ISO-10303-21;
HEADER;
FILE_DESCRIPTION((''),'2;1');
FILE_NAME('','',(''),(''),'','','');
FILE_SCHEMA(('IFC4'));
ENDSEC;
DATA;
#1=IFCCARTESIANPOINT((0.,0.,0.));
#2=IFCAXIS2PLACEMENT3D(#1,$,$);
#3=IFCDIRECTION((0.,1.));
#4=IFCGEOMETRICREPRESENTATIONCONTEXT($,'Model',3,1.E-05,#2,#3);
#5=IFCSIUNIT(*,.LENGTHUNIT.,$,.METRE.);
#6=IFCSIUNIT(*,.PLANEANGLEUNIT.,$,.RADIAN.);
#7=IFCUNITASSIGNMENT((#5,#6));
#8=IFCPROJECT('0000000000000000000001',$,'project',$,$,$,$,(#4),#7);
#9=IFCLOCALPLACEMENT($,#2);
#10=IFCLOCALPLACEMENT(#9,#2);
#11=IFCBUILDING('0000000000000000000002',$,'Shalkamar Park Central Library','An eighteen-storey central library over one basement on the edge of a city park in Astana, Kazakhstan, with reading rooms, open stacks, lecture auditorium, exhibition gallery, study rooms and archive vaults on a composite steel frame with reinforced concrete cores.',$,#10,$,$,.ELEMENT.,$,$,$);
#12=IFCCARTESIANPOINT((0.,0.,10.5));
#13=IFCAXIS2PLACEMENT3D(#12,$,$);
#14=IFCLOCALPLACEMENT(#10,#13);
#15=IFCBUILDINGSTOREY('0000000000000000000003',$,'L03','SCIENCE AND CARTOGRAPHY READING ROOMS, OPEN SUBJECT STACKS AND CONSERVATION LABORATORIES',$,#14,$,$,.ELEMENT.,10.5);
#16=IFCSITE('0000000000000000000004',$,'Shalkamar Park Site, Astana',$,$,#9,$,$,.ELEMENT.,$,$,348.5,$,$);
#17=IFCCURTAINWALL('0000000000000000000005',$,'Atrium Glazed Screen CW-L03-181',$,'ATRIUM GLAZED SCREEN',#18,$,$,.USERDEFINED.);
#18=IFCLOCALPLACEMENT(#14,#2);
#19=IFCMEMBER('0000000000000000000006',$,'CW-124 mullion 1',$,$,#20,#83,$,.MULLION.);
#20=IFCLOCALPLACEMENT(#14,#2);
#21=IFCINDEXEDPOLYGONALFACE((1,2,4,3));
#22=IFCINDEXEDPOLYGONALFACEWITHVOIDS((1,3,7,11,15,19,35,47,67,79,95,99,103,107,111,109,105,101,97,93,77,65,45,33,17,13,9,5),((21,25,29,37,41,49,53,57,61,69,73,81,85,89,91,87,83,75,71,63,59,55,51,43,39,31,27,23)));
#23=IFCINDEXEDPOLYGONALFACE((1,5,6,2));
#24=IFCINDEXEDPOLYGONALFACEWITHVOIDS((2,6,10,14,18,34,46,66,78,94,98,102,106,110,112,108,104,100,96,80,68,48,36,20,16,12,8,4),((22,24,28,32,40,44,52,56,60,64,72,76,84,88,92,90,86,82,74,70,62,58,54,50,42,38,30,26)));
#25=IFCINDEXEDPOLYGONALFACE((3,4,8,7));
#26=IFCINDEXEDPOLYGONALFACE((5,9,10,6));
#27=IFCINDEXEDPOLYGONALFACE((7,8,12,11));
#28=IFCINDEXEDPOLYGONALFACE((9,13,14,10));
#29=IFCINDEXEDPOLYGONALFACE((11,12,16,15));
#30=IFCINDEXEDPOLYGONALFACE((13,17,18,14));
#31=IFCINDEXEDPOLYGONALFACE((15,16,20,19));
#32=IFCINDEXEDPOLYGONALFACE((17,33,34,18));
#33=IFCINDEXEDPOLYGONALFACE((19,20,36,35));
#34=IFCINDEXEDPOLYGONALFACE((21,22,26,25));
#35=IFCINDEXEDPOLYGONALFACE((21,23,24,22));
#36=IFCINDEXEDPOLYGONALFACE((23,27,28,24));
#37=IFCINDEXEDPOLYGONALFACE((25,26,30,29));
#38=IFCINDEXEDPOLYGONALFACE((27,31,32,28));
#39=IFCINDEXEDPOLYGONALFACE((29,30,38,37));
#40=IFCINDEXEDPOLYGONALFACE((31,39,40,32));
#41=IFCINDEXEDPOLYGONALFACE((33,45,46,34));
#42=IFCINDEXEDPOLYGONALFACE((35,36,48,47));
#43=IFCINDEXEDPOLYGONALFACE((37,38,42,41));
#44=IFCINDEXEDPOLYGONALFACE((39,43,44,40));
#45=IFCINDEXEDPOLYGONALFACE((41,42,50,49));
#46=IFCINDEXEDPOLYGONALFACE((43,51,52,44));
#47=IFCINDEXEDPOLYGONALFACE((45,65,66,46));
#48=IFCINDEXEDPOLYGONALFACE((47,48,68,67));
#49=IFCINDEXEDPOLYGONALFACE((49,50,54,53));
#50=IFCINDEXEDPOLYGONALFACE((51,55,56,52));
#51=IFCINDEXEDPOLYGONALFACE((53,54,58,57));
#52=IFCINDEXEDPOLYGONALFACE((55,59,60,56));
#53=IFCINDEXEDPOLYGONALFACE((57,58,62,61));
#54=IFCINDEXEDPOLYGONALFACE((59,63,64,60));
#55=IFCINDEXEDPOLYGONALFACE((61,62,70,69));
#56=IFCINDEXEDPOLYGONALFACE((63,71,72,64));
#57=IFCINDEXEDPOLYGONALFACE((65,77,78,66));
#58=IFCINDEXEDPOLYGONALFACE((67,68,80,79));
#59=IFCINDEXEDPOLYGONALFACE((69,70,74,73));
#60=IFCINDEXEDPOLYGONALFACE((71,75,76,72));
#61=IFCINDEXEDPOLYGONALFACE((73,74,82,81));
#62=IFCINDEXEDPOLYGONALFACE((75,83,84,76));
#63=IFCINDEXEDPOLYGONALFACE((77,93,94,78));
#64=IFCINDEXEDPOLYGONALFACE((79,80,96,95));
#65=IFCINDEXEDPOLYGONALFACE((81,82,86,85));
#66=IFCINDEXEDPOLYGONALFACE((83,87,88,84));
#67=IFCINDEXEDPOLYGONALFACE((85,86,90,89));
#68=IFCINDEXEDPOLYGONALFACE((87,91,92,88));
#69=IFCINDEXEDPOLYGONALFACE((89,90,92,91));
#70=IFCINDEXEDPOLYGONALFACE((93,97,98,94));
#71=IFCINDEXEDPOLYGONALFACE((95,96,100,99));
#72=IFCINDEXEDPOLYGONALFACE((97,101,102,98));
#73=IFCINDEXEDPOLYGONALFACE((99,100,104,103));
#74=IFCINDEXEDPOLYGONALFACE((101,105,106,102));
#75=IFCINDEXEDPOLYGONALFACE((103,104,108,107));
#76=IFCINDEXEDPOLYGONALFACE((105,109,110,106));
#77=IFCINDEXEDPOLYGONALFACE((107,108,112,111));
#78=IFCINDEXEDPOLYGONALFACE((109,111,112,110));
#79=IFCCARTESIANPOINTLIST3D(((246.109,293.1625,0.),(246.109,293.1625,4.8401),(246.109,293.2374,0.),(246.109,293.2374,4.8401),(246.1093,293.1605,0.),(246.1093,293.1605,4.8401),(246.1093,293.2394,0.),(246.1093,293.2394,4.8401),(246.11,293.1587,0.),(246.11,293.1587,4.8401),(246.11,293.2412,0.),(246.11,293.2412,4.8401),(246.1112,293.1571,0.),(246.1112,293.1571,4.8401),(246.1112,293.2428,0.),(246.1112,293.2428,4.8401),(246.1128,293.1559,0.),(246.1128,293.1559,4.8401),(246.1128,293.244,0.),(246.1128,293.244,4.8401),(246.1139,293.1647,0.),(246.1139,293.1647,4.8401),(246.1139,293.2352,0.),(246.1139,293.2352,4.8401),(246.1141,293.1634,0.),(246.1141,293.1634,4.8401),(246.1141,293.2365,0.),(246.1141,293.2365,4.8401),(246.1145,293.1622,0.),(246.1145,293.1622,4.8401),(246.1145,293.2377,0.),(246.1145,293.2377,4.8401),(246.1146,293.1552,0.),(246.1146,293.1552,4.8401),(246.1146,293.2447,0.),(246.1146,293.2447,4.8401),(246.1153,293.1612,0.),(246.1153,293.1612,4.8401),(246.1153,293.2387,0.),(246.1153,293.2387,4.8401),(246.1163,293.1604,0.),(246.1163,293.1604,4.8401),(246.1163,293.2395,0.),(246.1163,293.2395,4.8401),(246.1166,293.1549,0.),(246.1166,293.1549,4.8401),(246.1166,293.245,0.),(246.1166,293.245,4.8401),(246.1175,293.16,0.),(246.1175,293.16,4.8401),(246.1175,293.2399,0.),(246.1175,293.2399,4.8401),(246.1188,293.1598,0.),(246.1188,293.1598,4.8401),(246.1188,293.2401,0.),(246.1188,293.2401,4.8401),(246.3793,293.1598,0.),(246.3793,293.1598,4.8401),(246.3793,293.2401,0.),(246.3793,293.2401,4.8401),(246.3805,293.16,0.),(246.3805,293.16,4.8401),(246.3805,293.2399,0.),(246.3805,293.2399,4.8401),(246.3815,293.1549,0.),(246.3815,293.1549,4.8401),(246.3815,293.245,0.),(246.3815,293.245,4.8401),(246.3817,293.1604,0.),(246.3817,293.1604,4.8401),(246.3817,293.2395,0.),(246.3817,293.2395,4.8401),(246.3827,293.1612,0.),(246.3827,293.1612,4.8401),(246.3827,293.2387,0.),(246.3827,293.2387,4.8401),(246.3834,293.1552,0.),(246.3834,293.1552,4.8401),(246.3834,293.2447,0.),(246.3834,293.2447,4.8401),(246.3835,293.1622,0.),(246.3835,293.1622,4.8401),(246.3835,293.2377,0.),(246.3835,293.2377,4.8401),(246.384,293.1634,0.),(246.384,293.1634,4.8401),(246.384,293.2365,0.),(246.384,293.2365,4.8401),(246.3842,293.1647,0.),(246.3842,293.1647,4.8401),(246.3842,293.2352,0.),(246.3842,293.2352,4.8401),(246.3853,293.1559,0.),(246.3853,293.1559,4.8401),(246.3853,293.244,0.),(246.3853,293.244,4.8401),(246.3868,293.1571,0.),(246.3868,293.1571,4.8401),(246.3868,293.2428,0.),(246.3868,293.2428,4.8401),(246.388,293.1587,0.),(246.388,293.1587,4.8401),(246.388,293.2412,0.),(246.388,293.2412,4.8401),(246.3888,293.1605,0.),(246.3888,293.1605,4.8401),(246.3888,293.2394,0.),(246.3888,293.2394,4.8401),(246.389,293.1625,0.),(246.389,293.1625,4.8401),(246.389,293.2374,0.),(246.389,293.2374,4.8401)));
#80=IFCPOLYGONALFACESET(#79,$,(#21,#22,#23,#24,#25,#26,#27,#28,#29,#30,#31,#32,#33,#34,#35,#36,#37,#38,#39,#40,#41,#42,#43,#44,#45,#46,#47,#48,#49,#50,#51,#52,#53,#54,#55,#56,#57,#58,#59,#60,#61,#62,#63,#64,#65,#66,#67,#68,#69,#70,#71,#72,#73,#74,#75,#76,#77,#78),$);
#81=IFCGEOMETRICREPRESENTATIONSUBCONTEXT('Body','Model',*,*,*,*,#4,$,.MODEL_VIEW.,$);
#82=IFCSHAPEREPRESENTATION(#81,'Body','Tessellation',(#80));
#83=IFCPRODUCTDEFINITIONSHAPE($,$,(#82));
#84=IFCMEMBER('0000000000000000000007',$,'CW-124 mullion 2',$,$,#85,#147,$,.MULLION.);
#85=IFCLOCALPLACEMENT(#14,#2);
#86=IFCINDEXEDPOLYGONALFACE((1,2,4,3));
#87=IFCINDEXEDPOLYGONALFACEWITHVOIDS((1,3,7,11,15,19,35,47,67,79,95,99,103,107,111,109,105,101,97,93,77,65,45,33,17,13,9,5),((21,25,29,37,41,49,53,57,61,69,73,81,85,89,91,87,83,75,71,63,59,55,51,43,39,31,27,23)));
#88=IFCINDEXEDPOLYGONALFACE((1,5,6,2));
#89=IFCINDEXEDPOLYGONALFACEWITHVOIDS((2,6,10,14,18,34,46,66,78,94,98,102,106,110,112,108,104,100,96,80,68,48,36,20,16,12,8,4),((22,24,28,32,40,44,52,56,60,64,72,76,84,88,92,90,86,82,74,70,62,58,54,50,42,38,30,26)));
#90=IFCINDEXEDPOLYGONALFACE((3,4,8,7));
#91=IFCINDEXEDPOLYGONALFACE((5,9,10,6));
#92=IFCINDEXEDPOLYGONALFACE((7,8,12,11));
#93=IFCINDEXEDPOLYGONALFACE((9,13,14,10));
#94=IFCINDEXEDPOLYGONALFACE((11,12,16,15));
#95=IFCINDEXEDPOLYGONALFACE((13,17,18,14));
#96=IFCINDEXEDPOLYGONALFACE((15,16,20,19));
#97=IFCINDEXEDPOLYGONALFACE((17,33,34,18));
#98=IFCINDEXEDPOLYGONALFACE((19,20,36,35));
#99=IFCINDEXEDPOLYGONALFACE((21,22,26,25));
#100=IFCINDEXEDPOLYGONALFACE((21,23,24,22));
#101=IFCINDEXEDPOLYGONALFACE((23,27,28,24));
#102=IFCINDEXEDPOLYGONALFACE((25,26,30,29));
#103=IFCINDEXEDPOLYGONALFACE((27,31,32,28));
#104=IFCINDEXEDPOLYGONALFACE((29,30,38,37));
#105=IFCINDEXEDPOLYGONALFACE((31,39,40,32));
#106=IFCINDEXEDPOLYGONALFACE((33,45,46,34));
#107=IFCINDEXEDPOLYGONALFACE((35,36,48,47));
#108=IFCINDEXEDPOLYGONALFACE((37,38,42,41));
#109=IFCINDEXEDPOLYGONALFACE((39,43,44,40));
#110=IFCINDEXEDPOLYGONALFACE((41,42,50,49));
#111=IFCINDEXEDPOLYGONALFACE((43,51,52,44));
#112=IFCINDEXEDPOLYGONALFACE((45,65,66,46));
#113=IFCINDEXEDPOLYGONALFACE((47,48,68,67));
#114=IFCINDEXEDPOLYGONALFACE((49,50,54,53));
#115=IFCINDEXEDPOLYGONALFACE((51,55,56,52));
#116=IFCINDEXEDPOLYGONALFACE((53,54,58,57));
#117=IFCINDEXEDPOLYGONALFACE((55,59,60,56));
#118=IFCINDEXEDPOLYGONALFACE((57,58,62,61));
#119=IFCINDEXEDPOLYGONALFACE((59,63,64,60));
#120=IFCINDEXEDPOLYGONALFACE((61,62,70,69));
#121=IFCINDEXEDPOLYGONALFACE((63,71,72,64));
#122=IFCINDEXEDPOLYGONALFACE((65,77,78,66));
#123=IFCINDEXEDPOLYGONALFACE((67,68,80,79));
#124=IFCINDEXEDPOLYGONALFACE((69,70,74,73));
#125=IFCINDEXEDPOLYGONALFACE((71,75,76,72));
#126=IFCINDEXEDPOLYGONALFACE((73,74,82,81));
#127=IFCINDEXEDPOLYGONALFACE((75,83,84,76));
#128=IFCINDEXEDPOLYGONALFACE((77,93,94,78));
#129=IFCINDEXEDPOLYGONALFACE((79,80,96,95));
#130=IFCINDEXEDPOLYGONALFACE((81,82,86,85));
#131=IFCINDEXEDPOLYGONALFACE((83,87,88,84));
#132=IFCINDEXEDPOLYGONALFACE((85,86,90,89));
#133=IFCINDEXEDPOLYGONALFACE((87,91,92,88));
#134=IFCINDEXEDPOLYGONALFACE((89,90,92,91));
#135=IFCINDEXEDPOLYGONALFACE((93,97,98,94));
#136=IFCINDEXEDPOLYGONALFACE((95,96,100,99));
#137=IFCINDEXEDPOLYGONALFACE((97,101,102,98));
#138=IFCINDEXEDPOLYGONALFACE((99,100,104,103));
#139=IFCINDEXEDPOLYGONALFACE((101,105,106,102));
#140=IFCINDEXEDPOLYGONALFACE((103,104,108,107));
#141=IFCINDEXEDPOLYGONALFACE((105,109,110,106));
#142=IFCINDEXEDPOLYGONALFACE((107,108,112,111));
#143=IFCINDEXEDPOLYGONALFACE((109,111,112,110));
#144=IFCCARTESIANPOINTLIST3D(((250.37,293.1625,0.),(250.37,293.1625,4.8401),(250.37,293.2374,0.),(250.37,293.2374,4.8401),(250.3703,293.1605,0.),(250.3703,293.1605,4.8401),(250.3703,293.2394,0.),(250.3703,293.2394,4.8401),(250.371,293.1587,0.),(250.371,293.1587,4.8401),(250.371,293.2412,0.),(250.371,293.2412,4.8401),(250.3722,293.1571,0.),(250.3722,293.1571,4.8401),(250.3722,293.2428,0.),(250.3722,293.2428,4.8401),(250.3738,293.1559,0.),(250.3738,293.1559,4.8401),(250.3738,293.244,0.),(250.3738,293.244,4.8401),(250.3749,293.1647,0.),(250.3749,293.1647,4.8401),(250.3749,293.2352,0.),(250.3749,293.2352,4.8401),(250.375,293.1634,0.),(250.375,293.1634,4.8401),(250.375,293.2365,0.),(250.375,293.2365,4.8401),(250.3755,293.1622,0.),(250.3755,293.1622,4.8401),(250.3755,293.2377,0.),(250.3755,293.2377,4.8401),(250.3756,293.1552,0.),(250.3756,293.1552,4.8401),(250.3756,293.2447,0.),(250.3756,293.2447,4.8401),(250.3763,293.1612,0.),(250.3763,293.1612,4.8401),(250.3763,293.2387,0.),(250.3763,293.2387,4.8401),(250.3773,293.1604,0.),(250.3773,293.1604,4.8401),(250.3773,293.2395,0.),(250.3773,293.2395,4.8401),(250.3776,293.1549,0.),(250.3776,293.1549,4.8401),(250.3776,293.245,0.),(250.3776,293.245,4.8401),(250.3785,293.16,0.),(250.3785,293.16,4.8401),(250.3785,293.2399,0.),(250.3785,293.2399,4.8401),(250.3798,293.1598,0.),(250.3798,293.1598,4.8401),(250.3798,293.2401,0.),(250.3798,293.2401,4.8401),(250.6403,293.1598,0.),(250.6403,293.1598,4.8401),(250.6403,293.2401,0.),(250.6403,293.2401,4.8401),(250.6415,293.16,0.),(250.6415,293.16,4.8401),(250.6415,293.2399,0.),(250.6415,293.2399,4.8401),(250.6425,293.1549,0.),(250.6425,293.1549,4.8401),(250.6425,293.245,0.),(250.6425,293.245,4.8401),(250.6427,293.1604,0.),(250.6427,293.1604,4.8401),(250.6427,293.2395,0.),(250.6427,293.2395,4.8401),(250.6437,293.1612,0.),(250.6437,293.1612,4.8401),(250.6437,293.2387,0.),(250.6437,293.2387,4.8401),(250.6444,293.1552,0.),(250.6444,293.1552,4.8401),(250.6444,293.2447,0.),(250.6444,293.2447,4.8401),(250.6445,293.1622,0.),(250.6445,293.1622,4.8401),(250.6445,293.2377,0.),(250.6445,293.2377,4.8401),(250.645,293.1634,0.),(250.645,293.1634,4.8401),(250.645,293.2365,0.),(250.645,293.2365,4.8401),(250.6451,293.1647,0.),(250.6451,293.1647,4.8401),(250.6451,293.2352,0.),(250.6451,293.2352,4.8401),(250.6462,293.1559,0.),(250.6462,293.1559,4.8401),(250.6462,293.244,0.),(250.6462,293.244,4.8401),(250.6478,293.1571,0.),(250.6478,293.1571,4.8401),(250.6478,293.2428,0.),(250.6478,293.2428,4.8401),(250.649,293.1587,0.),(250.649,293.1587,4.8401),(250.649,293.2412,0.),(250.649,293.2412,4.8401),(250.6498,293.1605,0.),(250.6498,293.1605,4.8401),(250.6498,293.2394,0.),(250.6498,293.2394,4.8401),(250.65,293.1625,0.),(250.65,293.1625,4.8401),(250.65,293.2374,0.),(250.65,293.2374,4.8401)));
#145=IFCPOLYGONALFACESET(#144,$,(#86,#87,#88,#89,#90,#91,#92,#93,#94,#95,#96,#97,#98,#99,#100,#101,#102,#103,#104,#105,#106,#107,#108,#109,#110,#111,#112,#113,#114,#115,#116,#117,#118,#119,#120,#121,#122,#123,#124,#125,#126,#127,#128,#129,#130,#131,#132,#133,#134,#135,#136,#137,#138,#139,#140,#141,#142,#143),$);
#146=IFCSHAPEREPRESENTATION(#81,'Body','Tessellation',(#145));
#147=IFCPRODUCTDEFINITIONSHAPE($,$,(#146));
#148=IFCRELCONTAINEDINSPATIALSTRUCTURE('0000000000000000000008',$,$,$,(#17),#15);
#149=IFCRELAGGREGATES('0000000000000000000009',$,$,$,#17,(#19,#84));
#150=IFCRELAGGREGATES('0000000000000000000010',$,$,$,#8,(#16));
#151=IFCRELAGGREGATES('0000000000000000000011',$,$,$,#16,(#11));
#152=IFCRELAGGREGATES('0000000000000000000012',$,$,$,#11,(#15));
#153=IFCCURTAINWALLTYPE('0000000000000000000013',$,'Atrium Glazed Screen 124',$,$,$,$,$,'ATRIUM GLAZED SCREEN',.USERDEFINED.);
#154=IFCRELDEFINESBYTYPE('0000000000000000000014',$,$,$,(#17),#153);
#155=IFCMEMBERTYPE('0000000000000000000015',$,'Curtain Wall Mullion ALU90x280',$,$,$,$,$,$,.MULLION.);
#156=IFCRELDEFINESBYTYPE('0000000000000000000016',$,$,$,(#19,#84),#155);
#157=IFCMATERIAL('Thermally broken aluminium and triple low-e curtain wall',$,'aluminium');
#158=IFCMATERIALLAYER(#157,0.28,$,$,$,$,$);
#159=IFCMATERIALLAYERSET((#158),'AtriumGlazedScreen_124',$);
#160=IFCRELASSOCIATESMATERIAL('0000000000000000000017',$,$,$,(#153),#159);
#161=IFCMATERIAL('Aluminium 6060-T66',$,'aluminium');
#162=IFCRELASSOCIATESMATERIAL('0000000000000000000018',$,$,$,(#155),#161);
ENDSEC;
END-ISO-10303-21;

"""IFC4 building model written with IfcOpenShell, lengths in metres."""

from ifc_helpers import new_model, si_unit, direction, frame, origin, origin_2d, place, context, subcontext, project, spatial, hollow_rectangle, extrude, material, layer, layer_set, material_profile, profile_set, type_object, element, aggregate, save


model = new_model("IFC4")

# Units and contexts
model_context = context("Model", 3, precision=1e-05, world=origin(), true_north=direction((0.0, 1.0)))
body_context = subcontext(model_context, "Body", "Model", "MODEL_VIEW")
ifc_project = project(units=[si_unit("LENGTHUNIT", "METRE"), si_unit("PLANEANGLEUNIT", "RADIAN")], contexts=[model_context])

# Site, building, storey
site_placement = place(None, origin())
site = spatial("IfcSite", under=ifc_project, at=site_placement, Name="Shalkamar Park Site, Astana", CompositionType="ELEMENT", RefElevation=348.5)
building_placement = place(site_placement, origin())
building = spatial("IfcBuilding", under=site, at=building_placement, Name="Shalkamar Park Central Library", Description="An eighteen-storey central library over one basement on the edge of a city park in Astana, Kazakhstan, with reading rooms, open stacks, lecture auditorium, exhibition gallery, study rooms and archive vaults on a composite steel frame with reinforced concrete cores.", CompositionType="ELEMENT")
storey_placement = place(building_placement, frame((0.0, 0.0, 10.5)))
storey = spatial("IfcBuildingStorey", under=building, at=storey_placement, Name="L03", Description="SCIENCE AND CARTOGRAPHY READING ROOMS, OPEN SUBJECT STACKS AND CONSERVATION LABORATORIES", CompositionType="ELEMENT", Elevation=10.5)

# Curtain wall, members
ifc_material_1 = material(Name="Thermally broken aluminium and triple low-e curtain wall", Category="aluminium")
ifc_layer_1 = layer(ifc_material_1, 0.28)
ifc_layer_set_1 = layer_set([ifc_layer_1], Name="AtriumGlazedScreen_124")
curtain_wall_type = type_object("IfcCurtainWallType", Name="Atrium Glazed Screen 124", ElementType="ATRIUM GLAZED SCREEN", PredefinedType="USERDEFINED", material=ifc_layer_set_1)
curtain_wall_placement = place(storey_placement, origin())
curtain_wall = element("IfcCurtainWall", 1, at=curtain_wall_placement, inside=storey, type_object=curtain_wall_type, Name="Atrium Glazed Screen CW-L03-181", ObjectType="ATRIUM GLAZED SCREEN", PredefinedType="USERDEFINED")
ifc_material_2 = material(Name="Aluminium 6060-T66", Category="aluminium")
ifc_material_profile_1 = material_profile(ifc_material_2, hollow_rectangle(XDim=0.0901, YDim=0.28, WallThickness=0.0049, InnerFilletRadius=0.0049, OuterFilletRadius=0.0076, at=origin_2d()), Name="ALU 90x280x5")
ifc_profile_set_1 = profile_set([ifc_material_profile_1], Name="Aluminium 6060-T66")
member_type_1 = type_object("IfcMemberType", Name="Curtain Wall Mullion ALU90x280", PredefinedType="MULLION", material=ifc_profile_set_1)
member_1_placement = place(storey_placement, frame((246.249, 293.2, 0.0), z_axis=(0.0, 0.0, 1.0), x_axis=(0.0, 1.0, 0.0)))
member_1 = element("IfcMember", 2, at=member_1_placement, type_object=member_type_1, Name="CW-124 mullion 1", PredefinedType="MULLION", context=body_context, shape_type="SweptSolid", body=[
    extrude(hollow_rectangle(XDim=0.0901, YDim=0.28, WallThickness=0.0049, InnerFilletRadius=0.0049, OuterFilletRadius=0.0076, at=origin_2d()), origin(), (0.0, 0.0, 1.0), 4.8401),
])
member_2_placement = place(storey_placement, frame((250.51, 293.2, 0.0), z_axis=(0.0, 0.0, 1.0), x_axis=(0.0, 1.0, 0.0)))
member_2 = element("IfcMember", 3, at=member_2_placement, type_object=member_type_1, Name="CW-124 mullion 2", PredefinedType="MULLION", context=body_context, shape_type="SweptSolid", body=[
    extrude(hollow_rectangle(XDim=0.0901, YDim=0.28, WallThickness=0.0049, InnerFilletRadius=0.0049, OuterFilletRadius=0.0076, at=origin_2d()), origin(), (0.0, 0.0, 1.0), 4.8401),
])

aggregate(curtain_wall, [member_1, member_2])

save(model, "model.ifc")
